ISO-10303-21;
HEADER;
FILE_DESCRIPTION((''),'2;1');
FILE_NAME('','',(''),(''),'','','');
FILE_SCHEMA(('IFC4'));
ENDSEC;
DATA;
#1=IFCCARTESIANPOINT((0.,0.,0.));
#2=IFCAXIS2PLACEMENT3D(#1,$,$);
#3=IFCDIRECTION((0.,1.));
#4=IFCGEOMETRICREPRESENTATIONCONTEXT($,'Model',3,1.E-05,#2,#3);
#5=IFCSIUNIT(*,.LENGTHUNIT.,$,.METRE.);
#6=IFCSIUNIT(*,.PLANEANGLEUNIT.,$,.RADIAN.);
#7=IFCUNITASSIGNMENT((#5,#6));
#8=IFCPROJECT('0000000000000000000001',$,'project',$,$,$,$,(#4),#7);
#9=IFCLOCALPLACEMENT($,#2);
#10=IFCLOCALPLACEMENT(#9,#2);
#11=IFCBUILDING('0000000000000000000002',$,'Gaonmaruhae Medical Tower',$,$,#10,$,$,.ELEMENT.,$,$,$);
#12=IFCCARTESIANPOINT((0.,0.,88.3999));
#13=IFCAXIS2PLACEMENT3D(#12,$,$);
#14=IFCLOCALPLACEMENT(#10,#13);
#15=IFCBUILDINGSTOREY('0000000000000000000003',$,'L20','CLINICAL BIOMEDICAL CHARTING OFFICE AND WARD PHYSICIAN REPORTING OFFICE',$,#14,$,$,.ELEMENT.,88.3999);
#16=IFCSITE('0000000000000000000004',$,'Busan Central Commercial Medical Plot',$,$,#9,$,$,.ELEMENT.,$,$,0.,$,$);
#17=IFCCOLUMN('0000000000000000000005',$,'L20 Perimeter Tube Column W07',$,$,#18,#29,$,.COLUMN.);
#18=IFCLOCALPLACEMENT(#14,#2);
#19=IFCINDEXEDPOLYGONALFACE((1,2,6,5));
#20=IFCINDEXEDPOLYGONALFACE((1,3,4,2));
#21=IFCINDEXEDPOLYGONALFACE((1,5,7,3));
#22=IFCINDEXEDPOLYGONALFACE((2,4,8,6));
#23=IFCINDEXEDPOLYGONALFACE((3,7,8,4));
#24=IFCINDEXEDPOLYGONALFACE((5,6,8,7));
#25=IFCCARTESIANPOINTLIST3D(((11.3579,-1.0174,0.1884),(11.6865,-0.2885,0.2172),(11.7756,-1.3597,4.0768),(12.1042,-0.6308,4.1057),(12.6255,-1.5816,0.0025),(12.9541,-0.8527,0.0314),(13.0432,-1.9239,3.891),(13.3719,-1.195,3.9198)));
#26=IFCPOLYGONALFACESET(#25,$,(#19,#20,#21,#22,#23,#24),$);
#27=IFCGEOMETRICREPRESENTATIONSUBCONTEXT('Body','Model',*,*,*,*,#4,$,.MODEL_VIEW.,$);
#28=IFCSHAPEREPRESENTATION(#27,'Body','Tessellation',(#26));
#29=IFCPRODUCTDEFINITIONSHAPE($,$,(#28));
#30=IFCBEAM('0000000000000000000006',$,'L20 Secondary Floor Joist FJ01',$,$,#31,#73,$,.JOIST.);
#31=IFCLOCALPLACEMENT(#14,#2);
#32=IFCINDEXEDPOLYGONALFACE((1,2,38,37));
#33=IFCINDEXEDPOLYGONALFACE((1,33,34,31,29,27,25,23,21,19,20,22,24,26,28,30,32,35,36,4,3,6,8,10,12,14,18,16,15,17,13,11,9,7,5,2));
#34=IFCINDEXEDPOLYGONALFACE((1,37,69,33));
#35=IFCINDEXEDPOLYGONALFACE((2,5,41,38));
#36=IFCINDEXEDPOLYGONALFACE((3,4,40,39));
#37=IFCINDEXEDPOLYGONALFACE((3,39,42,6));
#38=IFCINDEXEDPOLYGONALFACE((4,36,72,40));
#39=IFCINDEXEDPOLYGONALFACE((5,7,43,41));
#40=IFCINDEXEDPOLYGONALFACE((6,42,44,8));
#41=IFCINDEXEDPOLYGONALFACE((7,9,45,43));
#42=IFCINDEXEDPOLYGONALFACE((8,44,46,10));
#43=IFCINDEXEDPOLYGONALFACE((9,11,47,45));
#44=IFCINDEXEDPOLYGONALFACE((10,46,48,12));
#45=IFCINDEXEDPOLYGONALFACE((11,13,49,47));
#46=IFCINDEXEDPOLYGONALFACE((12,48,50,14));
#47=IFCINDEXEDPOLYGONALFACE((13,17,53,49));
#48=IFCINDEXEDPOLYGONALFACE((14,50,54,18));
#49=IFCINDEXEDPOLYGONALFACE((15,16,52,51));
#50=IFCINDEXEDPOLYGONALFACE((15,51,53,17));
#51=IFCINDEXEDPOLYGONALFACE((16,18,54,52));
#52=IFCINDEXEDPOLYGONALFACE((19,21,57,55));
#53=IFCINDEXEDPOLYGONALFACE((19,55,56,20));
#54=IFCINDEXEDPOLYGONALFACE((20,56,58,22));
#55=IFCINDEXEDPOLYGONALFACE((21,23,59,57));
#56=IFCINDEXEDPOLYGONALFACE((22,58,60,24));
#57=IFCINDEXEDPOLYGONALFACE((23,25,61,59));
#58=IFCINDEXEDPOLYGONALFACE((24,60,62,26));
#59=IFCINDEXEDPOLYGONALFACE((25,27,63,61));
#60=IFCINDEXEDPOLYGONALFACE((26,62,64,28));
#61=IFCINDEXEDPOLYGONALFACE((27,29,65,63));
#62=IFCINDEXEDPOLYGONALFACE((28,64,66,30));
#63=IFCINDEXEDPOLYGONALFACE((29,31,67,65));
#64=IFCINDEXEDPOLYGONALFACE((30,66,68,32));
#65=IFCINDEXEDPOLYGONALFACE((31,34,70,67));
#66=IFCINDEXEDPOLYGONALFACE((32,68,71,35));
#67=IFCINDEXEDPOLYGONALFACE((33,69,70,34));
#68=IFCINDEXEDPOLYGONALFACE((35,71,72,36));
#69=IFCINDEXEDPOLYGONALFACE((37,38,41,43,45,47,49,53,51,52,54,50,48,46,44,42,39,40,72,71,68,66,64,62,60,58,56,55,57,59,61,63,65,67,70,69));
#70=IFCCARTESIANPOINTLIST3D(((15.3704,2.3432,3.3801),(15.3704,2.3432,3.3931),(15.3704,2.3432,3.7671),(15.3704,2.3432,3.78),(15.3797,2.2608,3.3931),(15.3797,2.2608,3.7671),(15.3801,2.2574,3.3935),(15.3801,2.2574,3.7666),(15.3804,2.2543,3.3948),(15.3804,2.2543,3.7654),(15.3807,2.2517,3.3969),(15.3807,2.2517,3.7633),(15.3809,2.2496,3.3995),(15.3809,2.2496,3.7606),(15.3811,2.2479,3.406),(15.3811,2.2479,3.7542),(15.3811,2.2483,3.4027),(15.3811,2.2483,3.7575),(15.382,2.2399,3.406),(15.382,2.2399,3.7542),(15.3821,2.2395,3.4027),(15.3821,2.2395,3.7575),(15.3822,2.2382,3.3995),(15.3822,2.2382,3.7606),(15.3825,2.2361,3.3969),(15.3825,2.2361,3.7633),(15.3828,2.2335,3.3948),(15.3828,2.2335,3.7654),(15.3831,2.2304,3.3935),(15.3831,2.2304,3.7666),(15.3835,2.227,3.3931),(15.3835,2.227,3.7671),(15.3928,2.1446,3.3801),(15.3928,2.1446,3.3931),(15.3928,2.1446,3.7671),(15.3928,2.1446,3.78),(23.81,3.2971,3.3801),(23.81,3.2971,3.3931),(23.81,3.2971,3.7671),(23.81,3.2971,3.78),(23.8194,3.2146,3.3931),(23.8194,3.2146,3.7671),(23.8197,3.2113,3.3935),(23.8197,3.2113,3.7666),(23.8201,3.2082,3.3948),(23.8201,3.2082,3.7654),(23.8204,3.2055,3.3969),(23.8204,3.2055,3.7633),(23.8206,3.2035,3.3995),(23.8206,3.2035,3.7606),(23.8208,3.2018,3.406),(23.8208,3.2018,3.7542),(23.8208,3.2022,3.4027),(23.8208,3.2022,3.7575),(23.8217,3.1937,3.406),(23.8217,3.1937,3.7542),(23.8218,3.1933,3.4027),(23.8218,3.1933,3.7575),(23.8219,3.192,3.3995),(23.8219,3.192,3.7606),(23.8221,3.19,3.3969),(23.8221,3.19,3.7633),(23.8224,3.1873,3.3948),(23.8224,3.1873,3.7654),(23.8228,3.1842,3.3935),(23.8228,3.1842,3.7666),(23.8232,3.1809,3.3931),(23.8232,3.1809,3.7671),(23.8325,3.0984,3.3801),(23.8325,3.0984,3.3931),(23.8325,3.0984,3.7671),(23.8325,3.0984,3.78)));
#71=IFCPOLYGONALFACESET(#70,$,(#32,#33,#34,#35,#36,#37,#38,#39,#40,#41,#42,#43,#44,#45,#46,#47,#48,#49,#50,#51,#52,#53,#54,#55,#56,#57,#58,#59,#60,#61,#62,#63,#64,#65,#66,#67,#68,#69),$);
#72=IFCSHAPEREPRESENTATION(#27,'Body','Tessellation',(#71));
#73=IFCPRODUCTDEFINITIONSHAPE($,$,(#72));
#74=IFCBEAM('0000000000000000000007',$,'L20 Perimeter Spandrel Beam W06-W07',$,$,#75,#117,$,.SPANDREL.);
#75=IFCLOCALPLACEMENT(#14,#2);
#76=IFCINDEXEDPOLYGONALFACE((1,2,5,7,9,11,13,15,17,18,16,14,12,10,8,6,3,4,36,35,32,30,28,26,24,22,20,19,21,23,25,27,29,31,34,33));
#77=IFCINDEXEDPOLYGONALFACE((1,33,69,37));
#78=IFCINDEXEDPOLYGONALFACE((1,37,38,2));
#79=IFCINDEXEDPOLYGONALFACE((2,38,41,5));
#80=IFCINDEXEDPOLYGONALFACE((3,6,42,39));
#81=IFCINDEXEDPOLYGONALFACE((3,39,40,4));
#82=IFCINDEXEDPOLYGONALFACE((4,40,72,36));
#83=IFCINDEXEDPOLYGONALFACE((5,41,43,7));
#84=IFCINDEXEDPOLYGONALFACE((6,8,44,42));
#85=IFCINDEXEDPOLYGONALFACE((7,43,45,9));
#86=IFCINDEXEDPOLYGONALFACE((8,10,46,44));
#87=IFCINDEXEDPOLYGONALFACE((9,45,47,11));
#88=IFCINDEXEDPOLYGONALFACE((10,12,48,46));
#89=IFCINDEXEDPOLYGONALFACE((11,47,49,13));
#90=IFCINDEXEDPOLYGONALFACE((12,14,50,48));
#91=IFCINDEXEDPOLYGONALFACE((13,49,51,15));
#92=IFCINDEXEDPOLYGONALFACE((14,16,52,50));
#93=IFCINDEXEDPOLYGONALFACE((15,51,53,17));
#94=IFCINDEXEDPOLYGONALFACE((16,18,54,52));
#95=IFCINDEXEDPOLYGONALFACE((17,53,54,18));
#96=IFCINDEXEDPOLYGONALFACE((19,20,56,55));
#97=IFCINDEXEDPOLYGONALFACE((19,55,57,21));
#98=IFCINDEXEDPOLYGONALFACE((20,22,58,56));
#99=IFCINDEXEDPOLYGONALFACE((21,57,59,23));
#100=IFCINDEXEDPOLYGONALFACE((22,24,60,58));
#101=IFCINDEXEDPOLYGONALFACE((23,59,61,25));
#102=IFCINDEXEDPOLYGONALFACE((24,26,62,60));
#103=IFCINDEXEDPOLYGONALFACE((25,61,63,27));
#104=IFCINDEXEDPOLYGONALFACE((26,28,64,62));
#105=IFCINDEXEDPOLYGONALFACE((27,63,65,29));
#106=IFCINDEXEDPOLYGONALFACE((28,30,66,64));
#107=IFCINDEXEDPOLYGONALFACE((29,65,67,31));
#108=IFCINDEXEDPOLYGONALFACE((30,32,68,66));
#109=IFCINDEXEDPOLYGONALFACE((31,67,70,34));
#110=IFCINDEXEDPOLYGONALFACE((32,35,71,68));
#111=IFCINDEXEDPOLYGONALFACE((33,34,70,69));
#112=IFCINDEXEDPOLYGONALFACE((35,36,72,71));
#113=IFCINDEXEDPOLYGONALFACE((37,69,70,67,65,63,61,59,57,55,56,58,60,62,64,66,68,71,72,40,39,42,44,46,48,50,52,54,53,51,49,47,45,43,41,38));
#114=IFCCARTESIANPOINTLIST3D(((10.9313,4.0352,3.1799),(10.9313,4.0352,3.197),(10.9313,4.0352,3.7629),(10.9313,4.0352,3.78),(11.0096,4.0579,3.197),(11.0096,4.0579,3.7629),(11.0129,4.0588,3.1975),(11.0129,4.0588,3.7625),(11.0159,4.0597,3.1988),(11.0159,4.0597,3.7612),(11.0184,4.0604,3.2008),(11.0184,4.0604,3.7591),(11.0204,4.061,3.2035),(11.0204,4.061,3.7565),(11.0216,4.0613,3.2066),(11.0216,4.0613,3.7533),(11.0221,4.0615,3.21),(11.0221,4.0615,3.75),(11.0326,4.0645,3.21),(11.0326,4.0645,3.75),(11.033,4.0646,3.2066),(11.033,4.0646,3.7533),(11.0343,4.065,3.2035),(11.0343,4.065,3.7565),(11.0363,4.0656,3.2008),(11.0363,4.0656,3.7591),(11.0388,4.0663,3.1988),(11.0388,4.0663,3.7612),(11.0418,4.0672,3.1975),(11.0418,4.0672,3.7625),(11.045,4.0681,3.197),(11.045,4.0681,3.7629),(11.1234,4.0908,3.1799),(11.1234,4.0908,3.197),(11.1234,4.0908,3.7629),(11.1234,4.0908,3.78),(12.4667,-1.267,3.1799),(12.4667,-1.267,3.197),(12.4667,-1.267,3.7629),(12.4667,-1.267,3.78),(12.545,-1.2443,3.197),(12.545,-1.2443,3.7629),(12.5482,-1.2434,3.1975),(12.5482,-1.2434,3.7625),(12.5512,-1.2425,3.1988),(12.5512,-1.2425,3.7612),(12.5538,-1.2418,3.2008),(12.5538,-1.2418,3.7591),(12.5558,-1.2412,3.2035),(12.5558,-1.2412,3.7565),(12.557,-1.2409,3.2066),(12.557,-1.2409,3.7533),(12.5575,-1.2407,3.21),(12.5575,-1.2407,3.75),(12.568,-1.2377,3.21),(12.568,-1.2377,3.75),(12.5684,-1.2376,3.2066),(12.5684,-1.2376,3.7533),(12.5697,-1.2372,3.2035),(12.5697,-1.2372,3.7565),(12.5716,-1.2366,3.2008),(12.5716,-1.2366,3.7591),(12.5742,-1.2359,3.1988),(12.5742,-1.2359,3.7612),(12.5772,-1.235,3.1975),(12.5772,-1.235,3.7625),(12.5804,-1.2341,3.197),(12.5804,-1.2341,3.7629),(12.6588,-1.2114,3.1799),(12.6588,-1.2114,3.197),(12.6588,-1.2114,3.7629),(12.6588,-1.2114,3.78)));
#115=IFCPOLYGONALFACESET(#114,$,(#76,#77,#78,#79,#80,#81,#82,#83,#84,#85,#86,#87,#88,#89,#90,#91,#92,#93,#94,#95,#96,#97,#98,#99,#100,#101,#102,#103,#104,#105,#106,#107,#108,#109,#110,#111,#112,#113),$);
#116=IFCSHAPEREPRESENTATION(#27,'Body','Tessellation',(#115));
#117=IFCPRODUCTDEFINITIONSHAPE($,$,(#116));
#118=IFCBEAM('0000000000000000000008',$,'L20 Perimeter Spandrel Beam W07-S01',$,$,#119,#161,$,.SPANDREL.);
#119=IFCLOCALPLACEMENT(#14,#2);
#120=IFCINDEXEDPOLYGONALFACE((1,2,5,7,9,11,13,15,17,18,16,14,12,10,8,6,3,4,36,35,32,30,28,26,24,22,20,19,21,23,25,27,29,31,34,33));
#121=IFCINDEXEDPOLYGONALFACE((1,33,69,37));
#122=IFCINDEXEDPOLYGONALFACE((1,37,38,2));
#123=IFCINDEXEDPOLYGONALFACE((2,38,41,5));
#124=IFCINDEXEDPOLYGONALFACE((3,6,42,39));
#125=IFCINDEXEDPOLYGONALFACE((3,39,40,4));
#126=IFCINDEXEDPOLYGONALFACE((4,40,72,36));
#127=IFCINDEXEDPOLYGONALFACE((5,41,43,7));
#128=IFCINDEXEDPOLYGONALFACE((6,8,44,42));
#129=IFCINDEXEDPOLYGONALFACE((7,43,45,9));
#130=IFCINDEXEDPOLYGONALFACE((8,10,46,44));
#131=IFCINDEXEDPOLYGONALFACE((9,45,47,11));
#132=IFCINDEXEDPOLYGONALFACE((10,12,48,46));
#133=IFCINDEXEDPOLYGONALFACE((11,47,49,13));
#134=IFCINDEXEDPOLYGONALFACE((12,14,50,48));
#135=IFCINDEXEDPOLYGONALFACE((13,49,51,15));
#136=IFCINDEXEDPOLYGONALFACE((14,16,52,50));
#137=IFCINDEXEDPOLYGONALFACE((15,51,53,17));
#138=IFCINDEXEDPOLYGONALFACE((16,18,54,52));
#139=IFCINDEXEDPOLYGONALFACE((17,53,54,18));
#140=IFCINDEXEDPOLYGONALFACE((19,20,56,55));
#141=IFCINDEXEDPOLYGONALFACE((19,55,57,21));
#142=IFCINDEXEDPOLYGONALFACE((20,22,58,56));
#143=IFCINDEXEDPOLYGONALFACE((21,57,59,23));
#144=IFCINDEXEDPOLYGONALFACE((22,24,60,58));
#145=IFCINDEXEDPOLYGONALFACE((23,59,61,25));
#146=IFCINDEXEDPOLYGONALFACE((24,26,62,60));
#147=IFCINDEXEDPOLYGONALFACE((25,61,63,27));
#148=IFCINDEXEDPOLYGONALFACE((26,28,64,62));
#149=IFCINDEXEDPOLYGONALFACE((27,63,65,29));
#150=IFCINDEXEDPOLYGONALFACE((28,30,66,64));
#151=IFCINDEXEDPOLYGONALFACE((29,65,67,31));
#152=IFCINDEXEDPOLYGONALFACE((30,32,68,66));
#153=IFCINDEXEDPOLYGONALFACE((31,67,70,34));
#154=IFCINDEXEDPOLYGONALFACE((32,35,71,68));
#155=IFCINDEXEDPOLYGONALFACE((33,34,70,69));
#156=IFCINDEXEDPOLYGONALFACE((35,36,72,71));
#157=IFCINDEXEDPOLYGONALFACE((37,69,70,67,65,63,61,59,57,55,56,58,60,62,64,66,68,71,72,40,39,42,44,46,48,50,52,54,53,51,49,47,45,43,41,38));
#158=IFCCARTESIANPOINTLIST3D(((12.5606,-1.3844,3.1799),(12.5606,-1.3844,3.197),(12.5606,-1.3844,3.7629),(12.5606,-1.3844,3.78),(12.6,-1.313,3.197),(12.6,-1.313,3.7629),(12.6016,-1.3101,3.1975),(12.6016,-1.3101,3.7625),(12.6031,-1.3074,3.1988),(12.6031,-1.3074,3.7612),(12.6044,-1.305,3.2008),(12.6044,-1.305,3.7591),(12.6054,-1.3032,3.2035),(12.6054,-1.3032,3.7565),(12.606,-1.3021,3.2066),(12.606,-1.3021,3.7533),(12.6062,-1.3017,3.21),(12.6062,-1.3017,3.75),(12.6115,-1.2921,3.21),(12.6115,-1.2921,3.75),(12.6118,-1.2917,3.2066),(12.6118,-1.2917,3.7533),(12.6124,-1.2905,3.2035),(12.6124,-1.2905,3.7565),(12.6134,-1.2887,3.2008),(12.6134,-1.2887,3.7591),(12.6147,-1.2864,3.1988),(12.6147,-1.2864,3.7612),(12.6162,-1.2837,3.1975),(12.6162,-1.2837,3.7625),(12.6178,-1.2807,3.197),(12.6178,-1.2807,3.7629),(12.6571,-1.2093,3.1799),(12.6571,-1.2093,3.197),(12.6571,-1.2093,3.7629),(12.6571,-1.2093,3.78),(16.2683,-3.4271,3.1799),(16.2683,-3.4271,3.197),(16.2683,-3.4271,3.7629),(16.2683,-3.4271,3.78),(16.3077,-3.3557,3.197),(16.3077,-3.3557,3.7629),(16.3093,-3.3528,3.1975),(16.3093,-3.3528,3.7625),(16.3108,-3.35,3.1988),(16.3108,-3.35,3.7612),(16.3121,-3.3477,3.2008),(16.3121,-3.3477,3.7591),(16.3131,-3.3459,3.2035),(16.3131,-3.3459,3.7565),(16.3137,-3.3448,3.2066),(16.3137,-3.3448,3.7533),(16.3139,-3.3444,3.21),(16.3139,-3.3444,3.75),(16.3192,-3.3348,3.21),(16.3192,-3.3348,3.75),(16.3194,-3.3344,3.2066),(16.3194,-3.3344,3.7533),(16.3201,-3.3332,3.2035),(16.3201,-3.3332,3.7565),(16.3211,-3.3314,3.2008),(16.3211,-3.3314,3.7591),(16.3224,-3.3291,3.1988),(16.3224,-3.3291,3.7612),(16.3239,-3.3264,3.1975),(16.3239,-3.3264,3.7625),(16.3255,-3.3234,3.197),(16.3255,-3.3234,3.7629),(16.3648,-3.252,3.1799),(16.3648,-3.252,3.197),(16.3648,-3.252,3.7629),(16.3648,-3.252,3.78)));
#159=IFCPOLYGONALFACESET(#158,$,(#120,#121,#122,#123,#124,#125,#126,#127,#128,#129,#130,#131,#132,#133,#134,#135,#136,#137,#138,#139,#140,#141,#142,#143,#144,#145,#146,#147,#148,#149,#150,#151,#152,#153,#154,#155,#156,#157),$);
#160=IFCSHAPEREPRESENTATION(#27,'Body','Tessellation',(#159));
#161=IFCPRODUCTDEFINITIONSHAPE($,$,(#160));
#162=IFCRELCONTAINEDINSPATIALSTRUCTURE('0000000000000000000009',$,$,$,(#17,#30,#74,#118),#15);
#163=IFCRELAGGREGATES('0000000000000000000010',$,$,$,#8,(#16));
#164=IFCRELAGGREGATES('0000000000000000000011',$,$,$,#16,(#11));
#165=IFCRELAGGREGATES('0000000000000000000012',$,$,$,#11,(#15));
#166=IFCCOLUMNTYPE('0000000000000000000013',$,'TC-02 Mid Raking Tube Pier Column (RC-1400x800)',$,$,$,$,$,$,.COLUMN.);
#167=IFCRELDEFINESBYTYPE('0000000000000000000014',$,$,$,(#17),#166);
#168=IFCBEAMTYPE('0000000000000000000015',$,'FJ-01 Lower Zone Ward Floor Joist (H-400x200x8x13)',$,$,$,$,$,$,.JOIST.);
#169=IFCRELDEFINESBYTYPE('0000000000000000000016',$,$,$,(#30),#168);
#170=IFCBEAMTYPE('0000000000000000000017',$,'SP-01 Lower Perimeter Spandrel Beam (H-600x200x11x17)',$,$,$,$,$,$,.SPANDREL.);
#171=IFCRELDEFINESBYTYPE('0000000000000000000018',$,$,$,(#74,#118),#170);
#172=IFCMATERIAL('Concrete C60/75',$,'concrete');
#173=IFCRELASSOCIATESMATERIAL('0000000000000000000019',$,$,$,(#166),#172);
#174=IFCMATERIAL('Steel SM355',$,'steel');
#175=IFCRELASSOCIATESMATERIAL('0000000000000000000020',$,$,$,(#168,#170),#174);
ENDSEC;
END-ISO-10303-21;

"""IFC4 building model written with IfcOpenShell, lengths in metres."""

from ifc_helpers import new_model, si_unit, direction, frame, origin, origin_2d, place, context, subcontext, project, spatial, rectangle, i_section, extrude, material, material_profile, profile_set, type_object, element, save


model = new_model("IFC4")

# Units and contexts
model_context = context("Model", 3, precision=1e-05, world=origin(), true_north=direction((0.0, 1.0)))
body_context = subcontext(model_context, "Body", "Model", "MODEL_VIEW")
ifc_project = project(units=[si_unit("LENGTHUNIT", "METRE"), si_unit("PLANEANGLEUNIT", "RADIAN")], contexts=[model_context])

# Site, building, storey
site_placement = place(None, origin())
site = spatial("IfcSite", under=ifc_project, at=site_placement, Name="Busan Central Commercial Medical Plot", CompositionType="ELEMENT", RefElevation=0.0)
building_placement = place(site_placement, origin())
building = spatial("IfcBuilding", under=site, at=building_placement, Name="Gaonmaruhae Medical Tower", CompositionType="ELEMENT")
storey_placement = place(building_placement, frame((0.0, 0.0, 88.3999)))
storey = spatial("IfcBuildingStorey", under=building, at=storey_placement, Name="L20", Description="CLINICAL BIOMEDICAL CHARTING OFFICE AND WARD PHYSICIAN REPORTING OFFICE", CompositionType="ELEMENT", Elevation=88.3999)

# Column
ifc_material_1 = material(Name="Concrete C60/75", Category="concrete")
ifc_material_profile_1 = material_profile(ifc_material_1, rectangle(XDim=1.3999, YDim=0.8, at=origin_2d()), Name="RC-1400x800")
ifc_profile_set_1 = profile_set([ifc_material_profile_1], Name="Concrete C60/75")
column_type = type_object("IfcColumnType", Name="TC-02 Mid Raking Tube Pier Column (RC-1400x800)", PredefinedType="COLUMN", material=ifc_profile_set_1)
column_placement = place(storey_placement, frame((12.156, -0.9351, 0.1099), z_axis=(0.106406, -0.08719, 0.990493), x_axis=(-0.905514, 0.403014, 0.132753)))
element("IfcColumn", 1, at=column_placement, inside=storey, type_object=column_type, Name="L20 Perimeter Tube Column W07", PredefinedType="COLUMN", context=body_context, shape_type="SweptSolid", body=[
    extrude(rectangle(XDim=1.3999, YDim=0.8, at=origin_2d()), origin(), (0.0, 0.0, 1.0), 3.9258),
])

# Beams
ifc_material_2 = material(Name="Steel SM355", Category="steel")
ifc_material_profile_2 = material_profile(ifc_material_2, i_section(OverallWidth=0.2, OverallDepth=0.3999, WebThickness=0.0081, FlangeThickness=0.0129, FilletRadius=0.0129, at=origin_2d()), Name="H-400x200x8x13")
ifc_profile_set_2 = profile_set([ifc_material_profile_2], Name="Steel SM355")
beam_type_1 = type_object("IfcBeamType", Name="FJ-01 Lower Zone Ward Floor Joist (H-400x200x8x13)", PredefinedType="JOIST", material=ifc_profile_set_2)
beam_1_placement = place(storey_placement, frame((15.3816, 2.2439, 3.5801), z_axis=(0.993674, 0.112305, 0.0), x_axis=(-0.112305, 0.993674, 0.0)))
element("IfcBeam", 2, at=beam_1_placement, inside=storey, type_object=beam_type_1, Name="L20 Secondary Floor Joist FJ01", PredefinedType="JOIST", context=body_context, shape_type="SweptSolid", body=[
    extrude(i_section(OverallWidth=0.2, OverallDepth=0.3999, WebThickness=0.0081, FlangeThickness=0.0129, FilletRadius=0.0129, at=origin_2d()), origin(), (0.0, 0.0, 1.0), 8.4934),
])
ifc_material_profile_3 = material_profile(ifc_material_2, i_section(OverallWidth=0.2, OverallDepth=0.6001, WebThickness=0.011, FlangeThickness=0.0171, FilletRadius=0.0129, at=origin_2d()), Name="H-600x200x11x17")
ifc_profile_set_3 = profile_set([ifc_material_profile_3], Name="Steel SM355")
beam_type_2 = type_object("IfcBeamType", Name="SP-01 Lower Perimeter Spandrel Beam (H-600x200x11x17)", PredefinedType="SPANDREL", material=ifc_profile_set_3)
beam_2_placement = place(storey_placement, frame((11.0273, 4.063, 3.48), z_axis=(0.278148, -0.960538, 0.0), x_axis=(0.960538, 0.278148, 0.0)))
element("IfcBeam", 3, at=beam_2_placement, inside=storey, type_object=beam_type_2, Name="L20 Perimeter Spandrel Beam W06-W07", PredefinedType="SPANDREL", context=body_context, shape_type="SweptSolid", body=[
    extrude(i_section(OverallWidth=0.2, OverallDepth=0.6001, WebThickness=0.011, FlangeThickness=0.0171, FilletRadius=0.0129, at=origin_2d()), origin(), (0.0, 0.0, 1.0), 5.52),
])
beam_3_placement = place(storey_placement, frame((12.6089, -1.2969, 3.48), z_axis=(0.875871, -0.482545, 0.0), x_axis=(0.482545, 0.875871, 0.0)))
element("IfcBeam", 4, at=beam_3_placement, inside=storey, type_object=beam_type_2, Name="L20 Perimeter Spandrel Beam W07-S01", PredefinedType="SPANDREL", context=body_context, shape_type="SweptSolid", body=[
    extrude(i_section(OverallWidth=0.2, OverallDepth=0.6001, WebThickness=0.011, FlangeThickness=0.0171, FilletRadius=0.0129, at=origin_2d()), origin(), (0.0, 0.0, 1.0), 4.2332),
])

save(model, "model.ifc")
